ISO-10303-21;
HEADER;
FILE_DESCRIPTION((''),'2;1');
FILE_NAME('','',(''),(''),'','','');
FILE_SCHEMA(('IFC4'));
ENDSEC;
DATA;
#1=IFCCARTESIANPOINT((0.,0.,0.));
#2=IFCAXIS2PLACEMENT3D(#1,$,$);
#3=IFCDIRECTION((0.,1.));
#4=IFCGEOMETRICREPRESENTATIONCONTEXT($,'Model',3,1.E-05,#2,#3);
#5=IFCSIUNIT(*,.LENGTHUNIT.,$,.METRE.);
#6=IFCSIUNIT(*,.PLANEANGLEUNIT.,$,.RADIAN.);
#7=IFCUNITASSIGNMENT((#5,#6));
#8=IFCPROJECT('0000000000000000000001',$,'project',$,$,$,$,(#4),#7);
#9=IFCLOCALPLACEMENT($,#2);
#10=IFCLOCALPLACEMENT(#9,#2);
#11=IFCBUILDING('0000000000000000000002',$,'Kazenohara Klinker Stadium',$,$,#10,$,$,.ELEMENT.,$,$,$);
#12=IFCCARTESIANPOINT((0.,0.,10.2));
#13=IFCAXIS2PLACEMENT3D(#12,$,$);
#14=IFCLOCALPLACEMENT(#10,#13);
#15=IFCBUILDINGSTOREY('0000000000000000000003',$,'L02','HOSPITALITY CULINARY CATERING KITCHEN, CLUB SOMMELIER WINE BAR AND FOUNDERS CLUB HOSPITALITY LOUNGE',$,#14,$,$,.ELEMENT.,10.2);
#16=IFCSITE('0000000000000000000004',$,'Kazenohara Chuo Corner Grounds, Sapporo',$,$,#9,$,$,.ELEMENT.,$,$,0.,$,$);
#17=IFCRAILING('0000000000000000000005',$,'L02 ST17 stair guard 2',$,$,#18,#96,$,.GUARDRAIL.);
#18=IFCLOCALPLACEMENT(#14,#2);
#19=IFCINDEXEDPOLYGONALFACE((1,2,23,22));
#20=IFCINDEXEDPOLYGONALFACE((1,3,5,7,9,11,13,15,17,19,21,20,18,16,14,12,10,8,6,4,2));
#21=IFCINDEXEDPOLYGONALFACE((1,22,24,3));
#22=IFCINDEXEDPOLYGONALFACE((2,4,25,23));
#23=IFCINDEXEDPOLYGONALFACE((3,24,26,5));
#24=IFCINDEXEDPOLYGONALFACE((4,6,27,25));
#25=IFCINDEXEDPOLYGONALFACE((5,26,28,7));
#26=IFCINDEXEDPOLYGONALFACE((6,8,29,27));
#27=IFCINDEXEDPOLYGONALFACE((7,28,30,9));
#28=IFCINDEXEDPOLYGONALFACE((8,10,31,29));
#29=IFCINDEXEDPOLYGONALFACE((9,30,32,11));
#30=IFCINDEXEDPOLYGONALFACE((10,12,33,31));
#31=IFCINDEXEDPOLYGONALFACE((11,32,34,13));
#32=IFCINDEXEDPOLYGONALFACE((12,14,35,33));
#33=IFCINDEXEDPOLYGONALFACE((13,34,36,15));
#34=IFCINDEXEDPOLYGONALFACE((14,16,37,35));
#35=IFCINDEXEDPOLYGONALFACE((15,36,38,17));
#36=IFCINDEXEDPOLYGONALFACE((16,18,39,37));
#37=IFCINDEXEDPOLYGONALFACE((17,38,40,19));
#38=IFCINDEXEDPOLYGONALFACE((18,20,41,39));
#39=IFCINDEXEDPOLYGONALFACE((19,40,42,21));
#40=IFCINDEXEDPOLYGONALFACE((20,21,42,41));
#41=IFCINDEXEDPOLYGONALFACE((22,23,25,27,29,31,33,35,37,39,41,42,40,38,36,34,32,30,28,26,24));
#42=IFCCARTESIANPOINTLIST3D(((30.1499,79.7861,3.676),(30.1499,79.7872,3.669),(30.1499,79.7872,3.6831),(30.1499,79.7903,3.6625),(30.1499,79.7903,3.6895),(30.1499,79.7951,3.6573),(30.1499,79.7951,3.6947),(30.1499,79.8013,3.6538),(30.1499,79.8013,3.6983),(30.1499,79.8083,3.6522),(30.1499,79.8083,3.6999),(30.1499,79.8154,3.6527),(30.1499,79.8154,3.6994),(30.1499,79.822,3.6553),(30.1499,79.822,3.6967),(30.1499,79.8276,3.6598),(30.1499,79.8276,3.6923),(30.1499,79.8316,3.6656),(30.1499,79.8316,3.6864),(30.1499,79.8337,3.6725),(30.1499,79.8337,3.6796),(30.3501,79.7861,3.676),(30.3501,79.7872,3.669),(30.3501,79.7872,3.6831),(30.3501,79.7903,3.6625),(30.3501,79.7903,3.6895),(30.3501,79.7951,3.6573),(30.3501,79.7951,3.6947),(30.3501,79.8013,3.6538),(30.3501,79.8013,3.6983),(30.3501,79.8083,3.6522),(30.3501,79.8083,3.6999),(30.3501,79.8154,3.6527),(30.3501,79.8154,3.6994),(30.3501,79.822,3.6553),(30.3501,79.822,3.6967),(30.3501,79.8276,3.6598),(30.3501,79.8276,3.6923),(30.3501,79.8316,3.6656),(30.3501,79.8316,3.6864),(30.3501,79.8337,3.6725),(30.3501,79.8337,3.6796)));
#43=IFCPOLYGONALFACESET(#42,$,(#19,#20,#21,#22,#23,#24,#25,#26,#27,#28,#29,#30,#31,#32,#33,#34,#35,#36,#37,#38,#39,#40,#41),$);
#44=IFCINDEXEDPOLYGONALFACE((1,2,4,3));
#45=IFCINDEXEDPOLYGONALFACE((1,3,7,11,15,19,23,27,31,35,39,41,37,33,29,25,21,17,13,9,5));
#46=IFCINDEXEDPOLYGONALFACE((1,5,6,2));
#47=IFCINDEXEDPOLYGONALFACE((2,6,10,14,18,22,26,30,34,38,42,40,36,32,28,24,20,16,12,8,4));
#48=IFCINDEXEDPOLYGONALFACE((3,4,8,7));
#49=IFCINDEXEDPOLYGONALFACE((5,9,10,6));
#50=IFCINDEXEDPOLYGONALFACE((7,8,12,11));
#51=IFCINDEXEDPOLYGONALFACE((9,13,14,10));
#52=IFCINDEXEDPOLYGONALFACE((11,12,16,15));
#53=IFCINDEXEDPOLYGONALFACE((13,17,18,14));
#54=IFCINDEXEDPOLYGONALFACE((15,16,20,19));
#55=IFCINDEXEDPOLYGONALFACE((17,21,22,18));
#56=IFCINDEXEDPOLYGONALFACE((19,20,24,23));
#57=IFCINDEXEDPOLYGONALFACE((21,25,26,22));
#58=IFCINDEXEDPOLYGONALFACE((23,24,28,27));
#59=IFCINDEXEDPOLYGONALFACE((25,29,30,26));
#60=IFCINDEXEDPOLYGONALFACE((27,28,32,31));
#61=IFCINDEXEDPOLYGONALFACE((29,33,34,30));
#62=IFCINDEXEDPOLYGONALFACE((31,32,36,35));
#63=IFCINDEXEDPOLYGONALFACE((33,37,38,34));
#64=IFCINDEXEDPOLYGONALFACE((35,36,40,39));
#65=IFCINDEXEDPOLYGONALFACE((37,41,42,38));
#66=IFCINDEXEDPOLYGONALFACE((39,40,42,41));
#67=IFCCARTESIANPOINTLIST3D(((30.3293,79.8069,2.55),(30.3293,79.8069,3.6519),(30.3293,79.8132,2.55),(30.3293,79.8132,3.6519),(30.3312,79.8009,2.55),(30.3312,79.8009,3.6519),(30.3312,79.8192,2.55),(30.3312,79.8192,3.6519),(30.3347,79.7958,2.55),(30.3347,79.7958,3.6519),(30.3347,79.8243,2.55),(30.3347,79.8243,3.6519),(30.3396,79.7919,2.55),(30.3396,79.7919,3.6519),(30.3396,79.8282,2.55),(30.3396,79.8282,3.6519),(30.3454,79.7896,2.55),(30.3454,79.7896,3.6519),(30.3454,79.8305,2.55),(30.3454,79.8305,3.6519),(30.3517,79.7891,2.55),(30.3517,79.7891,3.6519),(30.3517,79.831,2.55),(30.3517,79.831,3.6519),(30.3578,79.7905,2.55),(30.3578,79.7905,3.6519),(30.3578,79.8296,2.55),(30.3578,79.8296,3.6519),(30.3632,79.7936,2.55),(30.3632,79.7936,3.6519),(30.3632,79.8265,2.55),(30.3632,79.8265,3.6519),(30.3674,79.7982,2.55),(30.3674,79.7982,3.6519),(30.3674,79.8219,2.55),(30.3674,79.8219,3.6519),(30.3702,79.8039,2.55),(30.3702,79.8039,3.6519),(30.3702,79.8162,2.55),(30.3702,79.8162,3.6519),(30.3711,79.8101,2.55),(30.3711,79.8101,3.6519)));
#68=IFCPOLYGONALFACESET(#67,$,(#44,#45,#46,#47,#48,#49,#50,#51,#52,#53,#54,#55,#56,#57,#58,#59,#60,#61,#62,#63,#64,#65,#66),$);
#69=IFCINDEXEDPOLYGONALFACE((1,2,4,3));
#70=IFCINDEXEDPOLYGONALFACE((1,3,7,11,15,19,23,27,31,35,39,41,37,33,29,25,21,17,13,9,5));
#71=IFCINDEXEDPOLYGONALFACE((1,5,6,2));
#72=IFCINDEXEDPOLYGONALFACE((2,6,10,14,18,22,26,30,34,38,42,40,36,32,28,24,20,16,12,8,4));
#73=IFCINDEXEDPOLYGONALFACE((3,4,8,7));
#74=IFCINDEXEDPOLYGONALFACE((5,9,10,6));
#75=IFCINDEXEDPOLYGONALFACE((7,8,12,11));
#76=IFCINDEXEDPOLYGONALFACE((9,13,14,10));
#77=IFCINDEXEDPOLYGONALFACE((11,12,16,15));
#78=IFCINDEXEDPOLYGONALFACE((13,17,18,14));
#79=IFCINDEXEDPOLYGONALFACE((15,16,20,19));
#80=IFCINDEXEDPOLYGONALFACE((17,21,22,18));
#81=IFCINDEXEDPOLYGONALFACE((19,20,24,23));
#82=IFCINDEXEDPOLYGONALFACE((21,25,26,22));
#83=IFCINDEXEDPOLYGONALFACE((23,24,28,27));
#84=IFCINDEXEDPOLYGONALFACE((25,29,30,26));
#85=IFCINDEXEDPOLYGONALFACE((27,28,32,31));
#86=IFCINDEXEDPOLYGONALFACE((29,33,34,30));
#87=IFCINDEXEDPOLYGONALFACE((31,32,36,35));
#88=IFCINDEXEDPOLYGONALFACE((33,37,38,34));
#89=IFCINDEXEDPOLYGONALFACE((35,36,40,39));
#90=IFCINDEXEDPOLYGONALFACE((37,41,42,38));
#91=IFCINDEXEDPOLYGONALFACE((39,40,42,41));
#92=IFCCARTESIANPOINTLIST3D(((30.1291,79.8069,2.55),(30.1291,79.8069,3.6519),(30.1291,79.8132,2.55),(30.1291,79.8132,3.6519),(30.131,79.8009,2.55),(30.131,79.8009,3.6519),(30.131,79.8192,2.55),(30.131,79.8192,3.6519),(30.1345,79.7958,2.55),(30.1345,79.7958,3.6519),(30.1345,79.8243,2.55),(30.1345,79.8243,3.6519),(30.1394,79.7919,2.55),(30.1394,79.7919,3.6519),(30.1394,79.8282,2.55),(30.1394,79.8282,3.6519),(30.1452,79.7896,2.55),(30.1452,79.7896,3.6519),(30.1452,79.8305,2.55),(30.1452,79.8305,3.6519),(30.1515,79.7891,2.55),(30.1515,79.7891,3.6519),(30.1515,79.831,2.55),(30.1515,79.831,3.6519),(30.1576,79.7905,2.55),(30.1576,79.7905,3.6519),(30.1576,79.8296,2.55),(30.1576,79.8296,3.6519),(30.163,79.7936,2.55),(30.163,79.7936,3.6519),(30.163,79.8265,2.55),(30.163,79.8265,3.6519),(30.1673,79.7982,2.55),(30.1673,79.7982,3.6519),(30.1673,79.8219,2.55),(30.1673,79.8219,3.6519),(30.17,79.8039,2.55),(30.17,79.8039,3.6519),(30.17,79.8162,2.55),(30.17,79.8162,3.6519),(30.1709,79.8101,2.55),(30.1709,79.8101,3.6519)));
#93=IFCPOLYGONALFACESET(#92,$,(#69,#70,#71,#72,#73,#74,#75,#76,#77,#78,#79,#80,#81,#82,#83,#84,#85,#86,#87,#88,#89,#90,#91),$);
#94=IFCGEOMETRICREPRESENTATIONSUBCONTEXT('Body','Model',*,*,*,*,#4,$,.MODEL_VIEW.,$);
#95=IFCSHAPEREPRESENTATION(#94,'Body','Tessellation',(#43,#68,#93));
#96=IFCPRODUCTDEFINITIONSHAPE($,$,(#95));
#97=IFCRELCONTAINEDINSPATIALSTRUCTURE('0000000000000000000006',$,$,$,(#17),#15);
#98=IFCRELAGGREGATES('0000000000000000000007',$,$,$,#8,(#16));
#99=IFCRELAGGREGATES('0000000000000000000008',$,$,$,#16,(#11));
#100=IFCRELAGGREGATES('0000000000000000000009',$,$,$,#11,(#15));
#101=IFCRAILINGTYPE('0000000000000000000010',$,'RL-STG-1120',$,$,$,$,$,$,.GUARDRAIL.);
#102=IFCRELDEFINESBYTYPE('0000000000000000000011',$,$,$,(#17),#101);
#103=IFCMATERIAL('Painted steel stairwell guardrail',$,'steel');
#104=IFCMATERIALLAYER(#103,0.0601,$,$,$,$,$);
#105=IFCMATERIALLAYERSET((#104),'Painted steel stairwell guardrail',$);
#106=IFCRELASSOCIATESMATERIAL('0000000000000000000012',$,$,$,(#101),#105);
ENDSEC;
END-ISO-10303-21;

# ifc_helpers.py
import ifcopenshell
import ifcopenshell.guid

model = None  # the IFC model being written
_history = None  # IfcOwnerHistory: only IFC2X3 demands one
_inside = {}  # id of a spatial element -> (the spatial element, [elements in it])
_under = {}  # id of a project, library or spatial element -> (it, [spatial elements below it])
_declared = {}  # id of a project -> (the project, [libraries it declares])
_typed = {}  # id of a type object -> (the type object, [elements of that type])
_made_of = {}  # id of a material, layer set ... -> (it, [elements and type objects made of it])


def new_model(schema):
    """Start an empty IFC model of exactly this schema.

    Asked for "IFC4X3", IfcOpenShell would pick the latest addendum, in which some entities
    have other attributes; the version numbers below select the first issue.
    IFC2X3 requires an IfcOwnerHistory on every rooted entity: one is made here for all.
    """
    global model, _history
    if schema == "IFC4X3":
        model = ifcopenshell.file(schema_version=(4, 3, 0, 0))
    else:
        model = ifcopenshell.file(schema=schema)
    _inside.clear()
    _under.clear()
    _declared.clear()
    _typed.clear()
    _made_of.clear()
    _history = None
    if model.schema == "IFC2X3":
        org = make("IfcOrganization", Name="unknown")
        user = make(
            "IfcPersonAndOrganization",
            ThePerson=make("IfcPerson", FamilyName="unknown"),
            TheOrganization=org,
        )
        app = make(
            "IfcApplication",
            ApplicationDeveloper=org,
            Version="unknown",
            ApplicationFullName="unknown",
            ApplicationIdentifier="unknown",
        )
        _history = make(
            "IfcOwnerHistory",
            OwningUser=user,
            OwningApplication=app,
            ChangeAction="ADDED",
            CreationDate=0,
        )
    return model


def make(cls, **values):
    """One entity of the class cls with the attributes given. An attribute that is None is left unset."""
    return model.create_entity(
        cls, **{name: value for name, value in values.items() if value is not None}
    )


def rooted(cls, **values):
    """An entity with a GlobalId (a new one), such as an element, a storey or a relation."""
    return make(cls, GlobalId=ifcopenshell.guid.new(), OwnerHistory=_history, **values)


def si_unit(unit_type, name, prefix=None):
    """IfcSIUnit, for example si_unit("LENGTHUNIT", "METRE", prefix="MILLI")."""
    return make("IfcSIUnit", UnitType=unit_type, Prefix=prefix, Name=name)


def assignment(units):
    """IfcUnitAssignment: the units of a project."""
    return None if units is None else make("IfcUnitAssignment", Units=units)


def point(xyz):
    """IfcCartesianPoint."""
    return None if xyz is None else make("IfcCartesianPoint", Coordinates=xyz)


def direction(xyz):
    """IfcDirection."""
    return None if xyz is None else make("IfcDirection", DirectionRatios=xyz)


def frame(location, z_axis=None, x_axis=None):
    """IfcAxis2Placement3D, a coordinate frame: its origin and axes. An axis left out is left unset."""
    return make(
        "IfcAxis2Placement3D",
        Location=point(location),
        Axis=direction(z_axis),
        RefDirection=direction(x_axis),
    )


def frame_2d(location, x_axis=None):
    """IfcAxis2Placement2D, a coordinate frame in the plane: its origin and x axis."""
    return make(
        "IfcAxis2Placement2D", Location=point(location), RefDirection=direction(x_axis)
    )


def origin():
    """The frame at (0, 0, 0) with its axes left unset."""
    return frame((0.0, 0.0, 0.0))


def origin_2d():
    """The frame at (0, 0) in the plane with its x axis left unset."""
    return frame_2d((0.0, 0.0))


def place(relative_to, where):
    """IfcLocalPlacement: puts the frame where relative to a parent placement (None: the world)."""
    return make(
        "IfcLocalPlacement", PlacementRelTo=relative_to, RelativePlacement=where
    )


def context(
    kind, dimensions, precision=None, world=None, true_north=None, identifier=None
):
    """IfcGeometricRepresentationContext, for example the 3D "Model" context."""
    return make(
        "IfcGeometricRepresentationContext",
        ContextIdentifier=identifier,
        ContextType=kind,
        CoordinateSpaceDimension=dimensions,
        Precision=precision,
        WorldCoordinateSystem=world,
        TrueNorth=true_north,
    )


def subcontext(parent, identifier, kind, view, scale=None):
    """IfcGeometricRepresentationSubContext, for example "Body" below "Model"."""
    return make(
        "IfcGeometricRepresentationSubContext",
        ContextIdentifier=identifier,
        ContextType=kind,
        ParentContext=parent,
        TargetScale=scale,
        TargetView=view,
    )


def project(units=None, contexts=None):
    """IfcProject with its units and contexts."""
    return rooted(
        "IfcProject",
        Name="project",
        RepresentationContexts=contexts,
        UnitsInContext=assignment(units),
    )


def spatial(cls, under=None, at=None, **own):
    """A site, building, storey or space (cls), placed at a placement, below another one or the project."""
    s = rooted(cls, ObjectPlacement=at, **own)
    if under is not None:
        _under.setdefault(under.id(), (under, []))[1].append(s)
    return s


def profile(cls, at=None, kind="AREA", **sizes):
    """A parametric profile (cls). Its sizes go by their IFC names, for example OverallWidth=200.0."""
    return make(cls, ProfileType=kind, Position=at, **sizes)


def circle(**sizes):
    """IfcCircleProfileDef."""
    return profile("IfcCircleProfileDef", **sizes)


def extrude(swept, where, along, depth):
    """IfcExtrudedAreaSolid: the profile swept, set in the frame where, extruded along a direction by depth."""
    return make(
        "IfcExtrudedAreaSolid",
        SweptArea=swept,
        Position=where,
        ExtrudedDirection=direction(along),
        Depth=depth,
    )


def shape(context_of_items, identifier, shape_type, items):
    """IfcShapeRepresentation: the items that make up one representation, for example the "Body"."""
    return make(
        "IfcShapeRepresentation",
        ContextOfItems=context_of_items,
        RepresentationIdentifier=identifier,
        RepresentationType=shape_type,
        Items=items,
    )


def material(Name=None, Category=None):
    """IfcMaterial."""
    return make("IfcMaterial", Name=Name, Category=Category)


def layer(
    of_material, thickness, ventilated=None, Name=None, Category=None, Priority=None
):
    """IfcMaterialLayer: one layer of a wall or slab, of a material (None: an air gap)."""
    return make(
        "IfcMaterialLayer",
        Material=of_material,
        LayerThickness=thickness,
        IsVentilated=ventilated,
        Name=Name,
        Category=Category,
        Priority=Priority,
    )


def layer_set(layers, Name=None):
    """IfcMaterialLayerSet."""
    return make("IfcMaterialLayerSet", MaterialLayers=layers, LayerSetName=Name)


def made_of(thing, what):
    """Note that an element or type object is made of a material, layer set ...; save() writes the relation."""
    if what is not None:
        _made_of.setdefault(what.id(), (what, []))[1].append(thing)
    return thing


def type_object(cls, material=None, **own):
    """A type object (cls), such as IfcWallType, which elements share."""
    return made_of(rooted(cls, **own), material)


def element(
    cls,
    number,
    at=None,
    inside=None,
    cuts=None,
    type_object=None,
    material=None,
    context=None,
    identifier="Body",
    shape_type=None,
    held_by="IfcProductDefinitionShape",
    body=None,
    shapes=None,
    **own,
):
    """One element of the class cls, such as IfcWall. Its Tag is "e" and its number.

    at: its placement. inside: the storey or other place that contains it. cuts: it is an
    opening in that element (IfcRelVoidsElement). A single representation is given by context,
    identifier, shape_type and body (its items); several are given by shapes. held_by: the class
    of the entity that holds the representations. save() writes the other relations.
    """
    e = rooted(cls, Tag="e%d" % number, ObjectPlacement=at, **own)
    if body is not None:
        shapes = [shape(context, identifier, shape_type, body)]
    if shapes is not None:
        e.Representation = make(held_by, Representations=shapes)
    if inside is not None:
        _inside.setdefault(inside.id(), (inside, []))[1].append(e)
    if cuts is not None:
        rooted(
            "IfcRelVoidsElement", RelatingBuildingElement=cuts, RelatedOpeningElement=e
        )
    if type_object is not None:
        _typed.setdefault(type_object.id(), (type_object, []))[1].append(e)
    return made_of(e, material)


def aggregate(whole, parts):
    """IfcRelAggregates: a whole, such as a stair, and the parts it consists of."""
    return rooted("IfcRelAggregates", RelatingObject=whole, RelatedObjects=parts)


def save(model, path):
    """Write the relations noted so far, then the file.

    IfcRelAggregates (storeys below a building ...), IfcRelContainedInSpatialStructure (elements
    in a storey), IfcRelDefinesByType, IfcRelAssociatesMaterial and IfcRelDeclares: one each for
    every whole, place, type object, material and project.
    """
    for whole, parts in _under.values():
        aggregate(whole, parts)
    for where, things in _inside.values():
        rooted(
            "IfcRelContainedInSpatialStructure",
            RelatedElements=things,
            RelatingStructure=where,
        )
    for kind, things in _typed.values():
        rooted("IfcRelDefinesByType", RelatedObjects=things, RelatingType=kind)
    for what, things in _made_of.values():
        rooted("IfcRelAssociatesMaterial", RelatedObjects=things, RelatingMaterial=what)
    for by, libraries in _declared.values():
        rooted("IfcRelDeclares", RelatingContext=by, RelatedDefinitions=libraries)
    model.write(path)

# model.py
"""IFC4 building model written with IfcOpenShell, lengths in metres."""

from ifc_helpers import new_model, si_unit, direction, frame, origin, origin_2d, place, context, subcontext, project, spatial, circle, extrude, material, layer, layer_set, type_object, element, save


model = new_model("IFC4")

# Units and contexts
model_context = context("Model", 3, precision=1e-05, world=origin(), true_north=direction((0.0, 1.0)))
body_context = subcontext(model_context, "Body", "Model", "MODEL_VIEW")
ifc_project = project(units=[si_unit("LENGTHUNIT", "METRE"), si_unit("PLANEANGLEUNIT", "RADIAN")], contexts=[model_context])

# Site, building, storey
site_placement = place(None, origin())
site = spatial("IfcSite", under=ifc_project, at=site_placement, Name="Kazenohara Chuo Corner Grounds, Sapporo", CompositionType="ELEMENT", RefElevation=0.0)
building_placement = place(site_placement, origin())
building = spatial("IfcBuilding", under=site, at=building_placement, Name="Kazenohara Klinker Stadium", CompositionType="ELEMENT")
storey_placement = place(building_placement, frame((0.0, 0.0, 10.2)))
storey = spatial("IfcBuildingStorey", under=building, at=storey_placement, Name="L02", Description="HOSPITALITY CULINARY CATERING KITCHEN, CLUB SOMMELIER WINE BAR AND FOUNDERS CLUB HOSPITALITY LOUNGE", CompositionType="ELEMENT", Elevation=10.2)

# Railing
ifc_material_1 = material(Name="Painted steel stairwell guardrail", Category="steel")
ifc_layer_1 = layer(ifc_material_1, 0.0601)
ifc_layer_set_1 = layer_set([ifc_layer_1], Name="Painted steel stairwell guardrail")
railing_type_1 = type_object("IfcRailingType", Name="RL-STG-1120", PredefinedType="GUARDRAIL", material=ifc_layer_set_1)
railing_1_placement = place(storey_placement, frame((30.3501, 79.8101, 2.55)))
element("IfcRailing", 1, at=railing_1_placement, inside=storey, type_object=railing_type_1, Name="L02 ST17 stair guard 2", PredefinedType="GUARDRAIL", context=body_context, shape_type="SweptSolid", body=[
    extrude(circle(Radius=0.0239, at=origin_2d()), frame((0.0, 0.0, 1.126), z_axis=(-1.0, 0.0, 0.0), x_axis=(0.0, -1.0, 0.0)), (0.0, 0.0, 1.0), 0.2002),
    extrude(circle(Radius=0.021, at=origin_2d()), origin(), (0.0, 0.0, 1.0), 1.1018),
    extrude(circle(Radius=0.021, at=origin_2d()), frame((-0.2002, 0.0, 0.0)), (0.0, 0.0, 1.0), 1.1018),
])

save(model, "model.ifc")
